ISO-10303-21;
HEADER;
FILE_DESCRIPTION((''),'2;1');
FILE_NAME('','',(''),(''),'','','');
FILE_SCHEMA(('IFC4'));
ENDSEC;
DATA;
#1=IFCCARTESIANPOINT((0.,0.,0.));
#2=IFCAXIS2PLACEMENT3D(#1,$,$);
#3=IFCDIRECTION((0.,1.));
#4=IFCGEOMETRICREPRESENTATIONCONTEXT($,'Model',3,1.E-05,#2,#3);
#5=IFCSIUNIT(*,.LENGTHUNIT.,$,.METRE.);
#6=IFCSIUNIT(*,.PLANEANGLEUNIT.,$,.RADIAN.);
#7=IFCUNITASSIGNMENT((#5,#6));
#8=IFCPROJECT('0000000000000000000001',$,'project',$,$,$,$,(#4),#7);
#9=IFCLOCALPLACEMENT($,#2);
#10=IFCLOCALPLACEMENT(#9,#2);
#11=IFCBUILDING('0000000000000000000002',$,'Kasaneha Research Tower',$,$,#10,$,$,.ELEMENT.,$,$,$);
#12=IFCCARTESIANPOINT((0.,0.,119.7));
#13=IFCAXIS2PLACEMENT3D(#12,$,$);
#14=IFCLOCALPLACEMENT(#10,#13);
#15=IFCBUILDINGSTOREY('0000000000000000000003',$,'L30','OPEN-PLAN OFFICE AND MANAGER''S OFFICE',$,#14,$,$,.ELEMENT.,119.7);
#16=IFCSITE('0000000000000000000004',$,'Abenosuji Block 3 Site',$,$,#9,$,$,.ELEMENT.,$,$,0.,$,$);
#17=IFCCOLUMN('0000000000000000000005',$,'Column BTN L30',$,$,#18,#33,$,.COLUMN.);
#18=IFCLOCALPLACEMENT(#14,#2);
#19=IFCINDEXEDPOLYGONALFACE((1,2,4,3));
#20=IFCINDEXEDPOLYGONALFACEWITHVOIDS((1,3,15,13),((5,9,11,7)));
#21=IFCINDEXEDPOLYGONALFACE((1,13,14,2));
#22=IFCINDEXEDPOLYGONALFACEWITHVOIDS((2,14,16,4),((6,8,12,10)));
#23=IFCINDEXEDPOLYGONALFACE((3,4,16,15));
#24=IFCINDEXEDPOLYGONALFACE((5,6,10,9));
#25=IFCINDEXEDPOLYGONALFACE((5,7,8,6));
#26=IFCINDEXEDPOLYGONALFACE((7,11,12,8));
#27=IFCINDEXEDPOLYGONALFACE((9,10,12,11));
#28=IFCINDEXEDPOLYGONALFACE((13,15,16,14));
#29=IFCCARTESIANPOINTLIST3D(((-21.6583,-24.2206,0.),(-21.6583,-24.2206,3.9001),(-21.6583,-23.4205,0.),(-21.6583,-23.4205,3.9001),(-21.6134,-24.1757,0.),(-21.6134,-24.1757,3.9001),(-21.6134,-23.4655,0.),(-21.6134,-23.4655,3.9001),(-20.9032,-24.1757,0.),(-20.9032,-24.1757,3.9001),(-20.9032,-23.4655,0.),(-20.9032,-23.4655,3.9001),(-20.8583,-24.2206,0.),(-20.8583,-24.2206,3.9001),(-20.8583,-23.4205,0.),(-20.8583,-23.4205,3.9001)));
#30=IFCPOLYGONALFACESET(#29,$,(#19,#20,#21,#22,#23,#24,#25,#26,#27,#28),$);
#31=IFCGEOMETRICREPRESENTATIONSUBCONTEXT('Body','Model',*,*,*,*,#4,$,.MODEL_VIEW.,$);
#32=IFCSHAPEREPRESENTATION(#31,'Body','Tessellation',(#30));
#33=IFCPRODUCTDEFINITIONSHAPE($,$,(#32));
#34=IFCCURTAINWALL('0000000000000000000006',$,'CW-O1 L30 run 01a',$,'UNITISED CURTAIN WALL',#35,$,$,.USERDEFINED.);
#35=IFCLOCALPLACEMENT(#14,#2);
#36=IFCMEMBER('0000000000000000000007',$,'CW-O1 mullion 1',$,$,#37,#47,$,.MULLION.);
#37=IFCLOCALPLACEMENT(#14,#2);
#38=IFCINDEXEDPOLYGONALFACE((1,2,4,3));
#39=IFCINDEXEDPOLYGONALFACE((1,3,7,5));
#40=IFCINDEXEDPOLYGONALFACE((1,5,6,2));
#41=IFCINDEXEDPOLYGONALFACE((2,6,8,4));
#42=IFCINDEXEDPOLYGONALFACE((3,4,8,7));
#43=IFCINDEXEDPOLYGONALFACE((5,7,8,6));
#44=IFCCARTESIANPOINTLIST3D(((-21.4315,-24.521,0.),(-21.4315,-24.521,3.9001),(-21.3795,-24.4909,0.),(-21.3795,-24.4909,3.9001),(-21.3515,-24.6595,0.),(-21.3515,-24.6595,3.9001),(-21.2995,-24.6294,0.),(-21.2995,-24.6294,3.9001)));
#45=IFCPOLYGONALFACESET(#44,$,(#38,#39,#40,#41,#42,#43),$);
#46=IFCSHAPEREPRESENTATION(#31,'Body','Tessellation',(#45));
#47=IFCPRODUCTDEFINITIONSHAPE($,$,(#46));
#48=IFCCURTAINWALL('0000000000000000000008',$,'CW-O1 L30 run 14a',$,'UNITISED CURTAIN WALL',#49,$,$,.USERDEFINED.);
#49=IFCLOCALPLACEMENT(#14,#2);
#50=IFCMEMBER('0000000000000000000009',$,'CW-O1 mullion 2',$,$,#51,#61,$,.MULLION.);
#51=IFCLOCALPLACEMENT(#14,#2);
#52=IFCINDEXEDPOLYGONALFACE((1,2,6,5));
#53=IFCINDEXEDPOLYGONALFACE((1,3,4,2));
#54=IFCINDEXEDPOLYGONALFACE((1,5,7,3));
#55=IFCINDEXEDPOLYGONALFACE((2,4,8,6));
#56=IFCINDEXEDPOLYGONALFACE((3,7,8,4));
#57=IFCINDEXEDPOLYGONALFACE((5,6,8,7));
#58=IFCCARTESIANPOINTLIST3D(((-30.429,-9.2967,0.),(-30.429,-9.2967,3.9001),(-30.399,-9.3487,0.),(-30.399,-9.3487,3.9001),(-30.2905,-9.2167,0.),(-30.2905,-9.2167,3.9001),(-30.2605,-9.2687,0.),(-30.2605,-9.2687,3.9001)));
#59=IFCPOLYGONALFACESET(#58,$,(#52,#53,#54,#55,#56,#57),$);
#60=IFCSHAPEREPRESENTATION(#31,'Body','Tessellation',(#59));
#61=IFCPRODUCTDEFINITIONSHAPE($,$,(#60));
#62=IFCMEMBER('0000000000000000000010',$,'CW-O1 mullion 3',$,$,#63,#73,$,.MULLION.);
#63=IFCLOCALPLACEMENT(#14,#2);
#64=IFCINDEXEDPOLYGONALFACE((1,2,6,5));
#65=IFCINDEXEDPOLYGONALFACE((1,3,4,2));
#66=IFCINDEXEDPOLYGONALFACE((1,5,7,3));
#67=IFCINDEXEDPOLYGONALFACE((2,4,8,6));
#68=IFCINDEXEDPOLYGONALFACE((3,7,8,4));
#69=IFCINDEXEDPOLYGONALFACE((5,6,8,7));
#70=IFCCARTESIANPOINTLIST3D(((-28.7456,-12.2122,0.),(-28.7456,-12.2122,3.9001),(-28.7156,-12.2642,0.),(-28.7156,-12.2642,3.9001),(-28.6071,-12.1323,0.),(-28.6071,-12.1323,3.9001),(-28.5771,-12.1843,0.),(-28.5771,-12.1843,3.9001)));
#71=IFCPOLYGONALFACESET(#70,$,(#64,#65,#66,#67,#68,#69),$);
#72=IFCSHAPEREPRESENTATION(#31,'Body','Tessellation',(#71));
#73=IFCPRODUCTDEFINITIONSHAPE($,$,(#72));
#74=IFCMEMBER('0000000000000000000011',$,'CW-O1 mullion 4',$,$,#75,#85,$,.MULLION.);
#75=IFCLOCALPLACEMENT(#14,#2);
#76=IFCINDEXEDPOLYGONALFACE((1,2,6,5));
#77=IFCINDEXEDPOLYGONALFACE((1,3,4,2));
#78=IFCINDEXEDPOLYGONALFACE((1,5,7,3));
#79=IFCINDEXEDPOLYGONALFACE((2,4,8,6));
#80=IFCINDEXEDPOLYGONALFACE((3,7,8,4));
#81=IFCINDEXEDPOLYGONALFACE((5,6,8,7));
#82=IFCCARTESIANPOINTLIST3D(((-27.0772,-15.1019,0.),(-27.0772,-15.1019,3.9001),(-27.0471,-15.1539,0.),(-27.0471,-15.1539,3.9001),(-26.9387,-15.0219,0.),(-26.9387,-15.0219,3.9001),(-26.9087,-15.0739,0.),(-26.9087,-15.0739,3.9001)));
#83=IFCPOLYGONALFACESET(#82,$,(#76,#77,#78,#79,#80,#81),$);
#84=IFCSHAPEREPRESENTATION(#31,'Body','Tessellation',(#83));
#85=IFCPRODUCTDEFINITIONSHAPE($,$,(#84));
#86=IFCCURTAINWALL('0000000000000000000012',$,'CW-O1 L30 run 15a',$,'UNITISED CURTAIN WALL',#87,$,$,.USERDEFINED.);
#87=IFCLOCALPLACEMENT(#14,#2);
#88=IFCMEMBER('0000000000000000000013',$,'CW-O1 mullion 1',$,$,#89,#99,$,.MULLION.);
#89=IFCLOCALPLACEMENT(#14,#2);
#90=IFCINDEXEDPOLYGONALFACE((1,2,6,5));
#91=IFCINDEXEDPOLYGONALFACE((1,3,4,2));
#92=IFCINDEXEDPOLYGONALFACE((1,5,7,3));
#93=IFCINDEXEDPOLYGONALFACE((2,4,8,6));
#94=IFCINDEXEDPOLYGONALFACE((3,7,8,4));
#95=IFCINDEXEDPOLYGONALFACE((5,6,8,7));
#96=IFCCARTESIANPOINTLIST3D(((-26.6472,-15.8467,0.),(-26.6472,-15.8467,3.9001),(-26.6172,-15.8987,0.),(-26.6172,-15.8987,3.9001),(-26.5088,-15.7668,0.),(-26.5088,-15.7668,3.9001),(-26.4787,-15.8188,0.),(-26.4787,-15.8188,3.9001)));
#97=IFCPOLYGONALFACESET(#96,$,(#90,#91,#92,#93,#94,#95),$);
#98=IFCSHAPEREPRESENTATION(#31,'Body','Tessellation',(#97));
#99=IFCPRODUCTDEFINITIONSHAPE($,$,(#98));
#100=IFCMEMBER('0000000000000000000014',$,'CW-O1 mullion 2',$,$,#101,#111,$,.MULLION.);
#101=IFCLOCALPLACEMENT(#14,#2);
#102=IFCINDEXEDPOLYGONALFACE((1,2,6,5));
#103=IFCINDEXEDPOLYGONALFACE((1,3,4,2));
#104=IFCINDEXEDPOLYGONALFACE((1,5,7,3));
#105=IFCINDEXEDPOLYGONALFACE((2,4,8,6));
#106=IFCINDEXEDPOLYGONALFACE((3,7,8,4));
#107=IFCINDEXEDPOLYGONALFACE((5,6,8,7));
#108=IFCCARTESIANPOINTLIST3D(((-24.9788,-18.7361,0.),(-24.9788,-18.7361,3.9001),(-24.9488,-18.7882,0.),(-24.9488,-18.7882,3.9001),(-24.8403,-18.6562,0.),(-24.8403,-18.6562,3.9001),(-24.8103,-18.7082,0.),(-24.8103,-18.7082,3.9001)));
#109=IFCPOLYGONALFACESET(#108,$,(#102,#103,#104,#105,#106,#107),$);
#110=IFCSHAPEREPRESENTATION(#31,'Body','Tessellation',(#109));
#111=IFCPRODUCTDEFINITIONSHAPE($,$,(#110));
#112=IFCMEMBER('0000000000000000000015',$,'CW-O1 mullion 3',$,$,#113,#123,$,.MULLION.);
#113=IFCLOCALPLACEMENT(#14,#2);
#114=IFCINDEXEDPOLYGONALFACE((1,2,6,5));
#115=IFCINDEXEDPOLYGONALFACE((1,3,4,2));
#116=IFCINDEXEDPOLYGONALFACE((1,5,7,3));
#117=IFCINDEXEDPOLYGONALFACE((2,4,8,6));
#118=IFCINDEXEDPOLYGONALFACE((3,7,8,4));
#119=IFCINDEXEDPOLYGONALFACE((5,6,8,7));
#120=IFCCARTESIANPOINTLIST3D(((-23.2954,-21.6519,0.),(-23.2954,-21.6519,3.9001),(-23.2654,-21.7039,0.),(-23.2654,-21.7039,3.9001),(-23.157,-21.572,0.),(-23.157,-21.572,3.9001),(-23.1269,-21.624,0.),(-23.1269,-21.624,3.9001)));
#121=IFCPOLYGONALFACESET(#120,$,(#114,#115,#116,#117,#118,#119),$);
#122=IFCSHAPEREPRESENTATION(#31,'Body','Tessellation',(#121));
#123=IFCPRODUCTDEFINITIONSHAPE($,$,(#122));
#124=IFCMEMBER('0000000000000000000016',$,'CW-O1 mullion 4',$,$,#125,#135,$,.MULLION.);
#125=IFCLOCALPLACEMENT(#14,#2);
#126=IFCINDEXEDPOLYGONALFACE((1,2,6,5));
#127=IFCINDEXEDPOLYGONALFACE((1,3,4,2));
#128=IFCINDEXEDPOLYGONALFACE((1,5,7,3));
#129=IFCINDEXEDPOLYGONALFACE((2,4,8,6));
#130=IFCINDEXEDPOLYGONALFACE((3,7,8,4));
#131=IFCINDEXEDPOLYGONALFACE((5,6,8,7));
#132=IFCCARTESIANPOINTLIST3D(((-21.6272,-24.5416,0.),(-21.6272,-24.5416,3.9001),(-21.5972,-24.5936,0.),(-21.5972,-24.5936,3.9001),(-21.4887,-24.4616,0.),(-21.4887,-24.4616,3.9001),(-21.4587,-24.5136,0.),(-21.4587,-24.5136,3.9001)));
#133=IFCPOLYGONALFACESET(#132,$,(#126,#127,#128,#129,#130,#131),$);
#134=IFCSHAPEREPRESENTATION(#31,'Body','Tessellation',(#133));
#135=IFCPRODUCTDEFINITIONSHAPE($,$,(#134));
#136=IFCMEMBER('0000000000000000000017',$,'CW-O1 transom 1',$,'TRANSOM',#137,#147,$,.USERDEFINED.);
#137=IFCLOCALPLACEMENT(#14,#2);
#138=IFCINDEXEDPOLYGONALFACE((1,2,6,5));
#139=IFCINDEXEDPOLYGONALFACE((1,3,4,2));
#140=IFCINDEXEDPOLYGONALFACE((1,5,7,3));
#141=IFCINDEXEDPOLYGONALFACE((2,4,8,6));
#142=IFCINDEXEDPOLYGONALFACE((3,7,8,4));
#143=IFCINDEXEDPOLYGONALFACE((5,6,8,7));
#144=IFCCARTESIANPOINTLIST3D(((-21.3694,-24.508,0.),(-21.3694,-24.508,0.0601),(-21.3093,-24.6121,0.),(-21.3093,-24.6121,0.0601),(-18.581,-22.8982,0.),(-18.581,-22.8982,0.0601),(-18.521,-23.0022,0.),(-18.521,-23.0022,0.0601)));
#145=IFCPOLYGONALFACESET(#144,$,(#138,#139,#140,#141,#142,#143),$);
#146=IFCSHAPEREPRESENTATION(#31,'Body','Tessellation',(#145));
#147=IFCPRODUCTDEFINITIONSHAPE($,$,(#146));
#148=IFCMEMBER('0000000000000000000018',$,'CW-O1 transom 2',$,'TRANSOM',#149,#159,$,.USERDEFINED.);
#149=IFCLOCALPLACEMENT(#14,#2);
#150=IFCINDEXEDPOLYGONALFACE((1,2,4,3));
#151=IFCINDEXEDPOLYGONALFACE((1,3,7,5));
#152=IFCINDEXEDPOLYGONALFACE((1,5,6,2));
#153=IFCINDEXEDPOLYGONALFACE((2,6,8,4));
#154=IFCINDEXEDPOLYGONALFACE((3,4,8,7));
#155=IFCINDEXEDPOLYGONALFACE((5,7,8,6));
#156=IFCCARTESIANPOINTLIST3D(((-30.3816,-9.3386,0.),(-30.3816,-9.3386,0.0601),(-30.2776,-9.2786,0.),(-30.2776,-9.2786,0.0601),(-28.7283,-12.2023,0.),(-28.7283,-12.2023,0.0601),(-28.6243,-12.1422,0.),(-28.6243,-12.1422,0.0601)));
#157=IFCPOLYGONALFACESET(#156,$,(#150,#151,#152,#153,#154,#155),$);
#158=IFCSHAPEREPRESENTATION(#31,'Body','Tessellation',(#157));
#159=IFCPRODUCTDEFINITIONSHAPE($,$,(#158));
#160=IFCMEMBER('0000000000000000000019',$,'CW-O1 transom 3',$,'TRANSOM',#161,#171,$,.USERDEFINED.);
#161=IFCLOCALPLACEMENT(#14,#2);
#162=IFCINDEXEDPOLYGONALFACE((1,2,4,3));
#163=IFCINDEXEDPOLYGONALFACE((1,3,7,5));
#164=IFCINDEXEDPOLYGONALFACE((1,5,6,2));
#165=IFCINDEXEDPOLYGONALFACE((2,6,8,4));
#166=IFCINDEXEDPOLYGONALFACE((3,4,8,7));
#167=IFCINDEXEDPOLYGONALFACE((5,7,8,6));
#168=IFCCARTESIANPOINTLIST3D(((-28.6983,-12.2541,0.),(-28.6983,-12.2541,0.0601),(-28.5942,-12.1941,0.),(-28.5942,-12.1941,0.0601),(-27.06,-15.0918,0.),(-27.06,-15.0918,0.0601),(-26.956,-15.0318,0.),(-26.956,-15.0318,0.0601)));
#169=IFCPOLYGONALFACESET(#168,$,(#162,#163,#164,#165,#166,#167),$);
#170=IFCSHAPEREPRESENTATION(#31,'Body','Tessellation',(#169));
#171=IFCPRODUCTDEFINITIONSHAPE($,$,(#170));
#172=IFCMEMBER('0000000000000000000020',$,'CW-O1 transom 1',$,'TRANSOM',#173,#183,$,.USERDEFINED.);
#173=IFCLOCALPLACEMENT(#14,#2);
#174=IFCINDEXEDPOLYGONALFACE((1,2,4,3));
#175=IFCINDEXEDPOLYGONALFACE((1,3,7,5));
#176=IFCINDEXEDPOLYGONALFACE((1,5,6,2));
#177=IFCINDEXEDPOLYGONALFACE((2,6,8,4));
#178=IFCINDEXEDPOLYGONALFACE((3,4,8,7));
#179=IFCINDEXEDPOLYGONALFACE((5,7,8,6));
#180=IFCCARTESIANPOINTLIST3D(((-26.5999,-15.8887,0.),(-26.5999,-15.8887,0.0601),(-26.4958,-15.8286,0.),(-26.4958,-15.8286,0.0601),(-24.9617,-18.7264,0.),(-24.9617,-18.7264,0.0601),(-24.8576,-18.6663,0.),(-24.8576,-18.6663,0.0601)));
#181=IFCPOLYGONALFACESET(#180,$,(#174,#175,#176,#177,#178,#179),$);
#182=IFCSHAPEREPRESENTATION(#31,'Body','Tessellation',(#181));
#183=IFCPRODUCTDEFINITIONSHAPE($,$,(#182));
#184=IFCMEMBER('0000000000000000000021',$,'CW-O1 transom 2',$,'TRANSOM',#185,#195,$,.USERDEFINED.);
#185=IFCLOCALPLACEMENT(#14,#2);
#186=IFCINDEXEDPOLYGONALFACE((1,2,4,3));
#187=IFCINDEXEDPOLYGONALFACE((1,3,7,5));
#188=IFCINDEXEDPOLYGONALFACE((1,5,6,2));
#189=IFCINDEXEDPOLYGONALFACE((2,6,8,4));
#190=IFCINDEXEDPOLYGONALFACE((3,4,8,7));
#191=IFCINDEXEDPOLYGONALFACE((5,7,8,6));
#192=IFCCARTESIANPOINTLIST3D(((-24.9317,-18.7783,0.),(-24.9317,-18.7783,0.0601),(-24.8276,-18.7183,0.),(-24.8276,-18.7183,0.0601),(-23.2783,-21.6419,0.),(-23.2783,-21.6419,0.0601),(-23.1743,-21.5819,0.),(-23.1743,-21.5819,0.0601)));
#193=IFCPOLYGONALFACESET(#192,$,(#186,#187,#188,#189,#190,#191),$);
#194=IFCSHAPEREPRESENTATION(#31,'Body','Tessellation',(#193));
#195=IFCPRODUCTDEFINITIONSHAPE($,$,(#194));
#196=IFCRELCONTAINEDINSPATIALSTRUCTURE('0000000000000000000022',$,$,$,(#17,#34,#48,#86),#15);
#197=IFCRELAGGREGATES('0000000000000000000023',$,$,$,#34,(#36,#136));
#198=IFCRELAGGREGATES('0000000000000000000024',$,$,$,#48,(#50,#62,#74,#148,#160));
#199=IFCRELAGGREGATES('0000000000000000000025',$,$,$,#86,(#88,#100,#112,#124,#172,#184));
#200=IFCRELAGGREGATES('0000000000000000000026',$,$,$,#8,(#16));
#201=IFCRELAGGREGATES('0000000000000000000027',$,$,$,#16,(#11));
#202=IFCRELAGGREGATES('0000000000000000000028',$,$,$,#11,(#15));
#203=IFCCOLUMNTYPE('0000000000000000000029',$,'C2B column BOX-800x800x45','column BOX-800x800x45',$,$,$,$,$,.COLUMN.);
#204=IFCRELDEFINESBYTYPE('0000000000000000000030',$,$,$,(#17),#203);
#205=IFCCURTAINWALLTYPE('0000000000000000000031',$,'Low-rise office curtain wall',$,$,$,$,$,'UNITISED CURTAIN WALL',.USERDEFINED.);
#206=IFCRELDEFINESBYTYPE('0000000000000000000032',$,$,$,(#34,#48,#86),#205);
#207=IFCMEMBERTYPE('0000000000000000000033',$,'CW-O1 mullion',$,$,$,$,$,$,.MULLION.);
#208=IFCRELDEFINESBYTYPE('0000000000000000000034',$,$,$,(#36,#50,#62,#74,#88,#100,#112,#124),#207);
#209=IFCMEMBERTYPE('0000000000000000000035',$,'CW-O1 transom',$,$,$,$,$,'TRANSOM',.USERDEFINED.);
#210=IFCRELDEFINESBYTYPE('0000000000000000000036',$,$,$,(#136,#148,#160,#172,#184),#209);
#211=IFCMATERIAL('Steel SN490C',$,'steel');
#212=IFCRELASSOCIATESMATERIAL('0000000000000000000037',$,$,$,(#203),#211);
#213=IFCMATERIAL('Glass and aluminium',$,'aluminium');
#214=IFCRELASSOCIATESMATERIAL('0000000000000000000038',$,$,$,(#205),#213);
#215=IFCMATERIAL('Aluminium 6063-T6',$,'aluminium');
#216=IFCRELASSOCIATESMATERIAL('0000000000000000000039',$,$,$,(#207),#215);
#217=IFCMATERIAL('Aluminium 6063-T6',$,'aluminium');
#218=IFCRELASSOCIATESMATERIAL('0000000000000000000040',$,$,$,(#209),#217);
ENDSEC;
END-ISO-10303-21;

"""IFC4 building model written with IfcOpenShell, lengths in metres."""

from ifc_helpers import new_model, si_unit, direction, frame, origin, origin_2d, place, context, subcontext, project, spatial, rectangle, hollow_rectangle, extrude, material, material_profile, profile_set, type_object, element, aggregate, save


model = new_model("IFC4")

# Units and contexts
model_context = context("Model", 3, precision=1e-05, world=origin(), true_north=direction((0.0, 1.0)))
body_context = subcontext(model_context, "Body", "Model", "MODEL_VIEW")
ifc_project = project(units=[si_unit("LENGTHUNIT", "METRE"), si_unit("PLANEANGLEUNIT", "RADIAN")], contexts=[model_context])

# Site, building, storey
site_placement = place(None, origin())
site = spatial("IfcSite", under=ifc_project, at=site_placement, Name="Abenosuji Block 3 Site", CompositionType="ELEMENT", RefElevation=0.0)
building_placement = place(site_placement, origin())
building = spatial("IfcBuilding", under=site, at=building_placement, Name="Kasaneha Research Tower", CompositionType="ELEMENT")
storey_placement = place(building_placement, frame((0.0, 0.0, 119.7)))
storey = spatial("IfcBuildingStorey", under=building, at=storey_placement, Name="L30", Description="OPEN-PLAN OFFICE AND MANAGER'S OFFICE", CompositionType="ELEMENT", Elevation=119.7)

# Column
ifc_material_1 = material(Name="Steel SN490C", Category="steel")
ifc_material_profile_1 = material_profile(ifc_material_1, hollow_rectangle(XDim=0.8, YDim=0.8, WallThickness=0.0449, at=origin_2d()), Name="BOX-800x800x45")
ifc_profile_set_1 = profile_set([ifc_material_profile_1], Name="Steel SN490C")
column_type = type_object("IfcColumnType", Name="C2B column BOX-800x800x45", Description="column BOX-800x800x45", PredefinedType="COLUMN", material=ifc_profile_set_1)
column_placement = place(storey_placement, frame((-21.2583, -23.8206, 0.0), z_axis=(0.0, 0.0, 1.0), x_axis=(1.0, 0.0, 0.0)))
element("IfcColumn", 1, at=column_placement, inside=storey, type_object=column_type, Name="Column BTN L30", PredefinedType="COLUMN", context=body_context, shape_type="SweptSolid", body=[
    extrude(hollow_rectangle(XDim=0.8, YDim=0.8, WallThickness=0.0449, at=origin_2d()), origin(), (0.0, 0.0, 1.0), 3.9001),
])

# Curtain wall, member
ifc_material_2 = material(Name="Glass and aluminium", Category="aluminium")
curtain_wall_type = type_object("IfcCurtainWallType", Name="Low-rise office curtain wall", ElementType="UNITISED CURTAIN WALL", PredefinedType="USERDEFINED", material=ifc_material_2)
curtain_wall_1_placement = place(storey_placement, origin())
curtain_wall_1 = element("IfcCurtainWall", 2, at=curtain_wall_1_placement, inside=storey, type_object=curtain_wall_type, Name="CW-O1 L30 run 01a", ObjectType="UNITISED CURTAIN WALL", PredefinedType="USERDEFINED")
ifc_material_3 = material(Name="Aluminium 6063-T6", Category="aluminium")
ifc_material_profile_2 = material_profile(ifc_material_3, rectangle(XDim=0.0601, YDim=0.1599, at=origin_2d()), Name="CW-O1 mullion 60x160")
ifc_profile_set_2 = profile_set([ifc_material_profile_2], Name="Aluminium 6063-T6")
member_type_1 = type_object("IfcMemberType", Name="CW-O1 mullion", PredefinedType="MULLION", material=ifc_profile_set_2)
member_1_placement = place(storey_placement, frame((-21.3655, -24.5752, 0.0), z_axis=(0.0, 0.0, 1.0), x_axis=(0.866025, 0.5, 0.0)))
member_1 = element("IfcMember", 3, at=member_1_placement, type_object=member_type_1, Name="CW-O1 mullion 1", PredefinedType="MULLION", context=body_context, shape_type="SweptSolid", body=[
    extrude(rectangle(XDim=0.0601, YDim=0.1599, at=origin_2d()), origin(), (0.0, 0.0, 1.0), 3.9001),
])

# Curtain walls, members
curtain_wall_2_placement = place(storey_placement, origin())
curtain_wall_2 = element("IfcCurtainWall", 4, at=curtain_wall_2_placement, inside=storey, type_object=curtain_wall_type, Name="CW-O1 L30 run 14a", ObjectType="UNITISED CURTAIN WALL", PredefinedType="USERDEFINED")
member_2_placement = place(storey_placement, frame((-30.3447, -9.2827, 0.0), z_axis=(0.0, 0.0, 1.0), x_axis=(0.5, -0.866025, 0.0)))
member_2 = element("IfcMember", 5, at=member_2_placement, type_object=member_type_1, Name="CW-O1 mullion 2", PredefinedType="MULLION", context=body_context, shape_type="SweptSolid", body=[
    extrude(rectangle(XDim=0.0601, YDim=0.1599, at=origin_2d()), origin(), (0.0, 0.0, 1.0), 3.9001),
])
member_3_placement = place(storey_placement, frame((-28.6614, -12.1982, 0.0), z_axis=(0.0, 0.0, 1.0), x_axis=(0.5, -0.866025, 0.0)))
member_3 = element("IfcMember", 6, at=member_3_placement, type_object=member_type_1, Name="CW-O1 mullion 3", PredefinedType="MULLION", context=body_context, shape_type="SweptSolid", body=[
    extrude(rectangle(XDim=0.0601, YDim=0.1599, at=origin_2d()), origin(), (0.0, 0.0, 1.0), 3.9001),
])
member_4_placement = place(storey_placement, frame((-26.9929, -15.0879, 0.0), z_axis=(0.0, 0.0, 1.0), x_axis=(0.5, -0.866025, 0.0)))
member_4 = element("IfcMember", 7, at=member_4_placement, type_object=member_type_1, Name="CW-O1 mullion 4", PredefinedType="MULLION", context=body_context, shape_type="SweptSolid", body=[
    extrude(rectangle(XDim=0.0601, YDim=0.1599, at=origin_2d()), origin(), (0.0, 0.0, 1.0), 3.9001),
])
curtain_wall_3_placement = place(storey_placement, origin())
curtain_wall_3 = element("IfcCurtainWall", 8, at=curtain_wall_3_placement, inside=storey, type_object=curtain_wall_type, Name="CW-O1 L30 run 15a", ObjectType="UNITISED CURTAIN WALL", PredefinedType="USERDEFINED")
member_5_placement = place(storey_placement, frame((-26.563, -15.8328, 0.0), z_axis=(0.0, 0.0, 1.0), x_axis=(0.5, -0.866025, 0.0)))
member_5 = element("IfcMember", 9, at=member_5_placement, type_object=member_type_1, Name="CW-O1 mullion 1", PredefinedType="MULLION", context=body_context, shape_type="SweptSolid", body=[
    extrude(rectangle(XDim=0.0601, YDim=0.1599, at=origin_2d()), origin(), (0.0, 0.0, 1.0), 3.9001),
])
member_6_placement = place(storey_placement, frame((-24.8945, -18.7222, 0.0), z_axis=(0.0, 0.0, 1.0), x_axis=(0.5, -0.866025, 0.0)))
member_6 = element("IfcMember", 10, at=member_6_placement, type_object=member_type_1, Name="CW-O1 mullion 2", PredefinedType="MULLION", context=body_context, shape_type="SweptSolid", body=[
    extrude(rectangle(XDim=0.0601, YDim=0.1599, at=origin_2d()), origin(), (0.0, 0.0, 1.0), 3.9001),
])
member_7_placement = place(storey_placement, frame((-23.2112, -21.6379, 0.0), z_axis=(0.0, 0.0, 1.0), x_axis=(0.5, -0.866025, 0.0)))
member_7 = element("IfcMember", 11, at=member_7_placement, type_object=member_type_1, Name="CW-O1 mullion 3", PredefinedType="MULLION", context=body_context, shape_type="SweptSolid", body=[
    extrude(rectangle(XDim=0.0601, YDim=0.1599, at=origin_2d()), origin(), (0.0, 0.0, 1.0), 3.9001),
])
member_8_placement = place(storey_placement, frame((-21.543, -24.5276, 0.0), z_axis=(0.0, 0.0, 1.0), x_axis=(0.5, -0.866025, 0.0)))
member_8 = element("IfcMember", 12, at=member_8_placement, type_object=member_type_1, Name="CW-O1 mullion 4", PredefinedType="MULLION", context=body_context, shape_type="SweptSolid", body=[
    extrude(rectangle(XDim=0.0601, YDim=0.1599, at=origin_2d()), origin(), (0.0, 0.0, 1.0), 3.9001),
])

# Members
ifc_material_4 = material(Name="Aluminium 6063-T6", Category="aluminium")
ifc_material_profile_3 = material_profile(ifc_material_4, rectangle(XDim=0.1201, YDim=0.0601, at=origin_2d()), Name="CW-O1 transom 120x60")
ifc_profile_set_3 = profile_set([ifc_material_profile_3], Name="Aluminium 6063-T6")
member_type_2 = type_object("IfcMemberType", Name="CW-O1 transom", ElementType="TRANSOM", PredefinedType="USERDEFINED", material=ifc_profile_set_3)
member_9_placement = place(storey_placement, frame((-21.3394, -24.5601, 0.03), z_axis=(0.866023, 0.500005, 0.0), x_axis=(-0.500005, 0.866023, 0.0)))
member_9 = element("IfcMember", 13, at=member_9_placement, type_object=member_type_2, Name="CW-O1 transom 1", ObjectType="TRANSOM", PredefinedType="USERDEFINED", context=body_context, shape_type="SweptSolid", body=[
    extrude(rectangle(XDim=0.1201, YDim=0.0601, at=origin_2d()), origin(), (0.0, 0.0, 1.0), 3.2197),
])
member_10_placement = place(storey_placement, frame((-30.3296, -9.3086, 0.03), z_axis=(0.499982, -0.866036, 0.0), x_axis=(0.866036, 0.499982, 0.0)))
member_10 = element("IfcMember", 14, at=member_10_placement, type_object=member_type_2, Name="CW-O1 transom 2", ObjectType="TRANSOM", PredefinedType="USERDEFINED", context=body_context, shape_type="SweptSolid", body=[
    extrude(rectangle(XDim=0.1201, YDim=0.0601, at=origin_2d()), origin(), (0.0, 0.0, 1.0), 3.3066),
])
member_11_placement = place(storey_placement, frame((-28.6462, -12.2241, 0.03), z_axis=(0.49997, -0.866043, 0.0), x_axis=(0.866043, 0.49997, 0.0)))
member_11 = element("IfcMember", 15, at=member_11_placement, type_object=member_type_2, Name="CW-O1 transom 3", ObjectType="TRANSOM", PredefinedType="USERDEFINED", context=body_context, shape_type="SweptSolid", body=[
    extrude(rectangle(XDim=0.1201, YDim=0.0601, at=origin_2d()), origin(), (0.0, 0.0, 1.0), 3.2766),
])
member_12_placement = place(storey_placement, frame((-26.5479, -15.8586, 0.03), z_axis=(0.49997, -0.866043, 0.0), x_axis=(0.866043, 0.49997, 0.0)))
member_12 = element("IfcMember", 16, at=member_12_placement, type_object=member_type_2, Name="CW-O1 transom 1", ObjectType="TRANSOM", PredefinedType="USERDEFINED", context=body_context, shape_type="SweptSolid", body=[
    extrude(rectangle(XDim=0.1201, YDim=0.0601, at=origin_2d()), origin(), (0.0, 0.0, 1.0), 3.2766),
])
member_13_placement = place(storey_placement, frame((-24.8796, -18.7483, 0.03), z_axis=(0.500014, -0.866017, 0.0), x_axis=(0.866017, 0.500014, 0.0)))
member_13 = element("IfcMember", 17, at=member_13_placement, type_object=member_type_2, Name="CW-O1 transom 2", ObjectType="TRANSOM", PredefinedType="USERDEFINED", context=body_context, shape_type="SweptSolid", body=[
    extrude(rectangle(XDim=0.1201, YDim=0.0601, at=origin_2d()), origin(), (0.0, 0.0, 1.0), 3.3066),
])

aggregate(curtain_wall_1, [member_1, member_9])
aggregate(curtain_wall_2, [member_2, member_3, member_4, member_10, member_11])
aggregate(curtain_wall_3, [member_5, member_6, member_7, member_8, member_12, member_13])

save(model, "model.ifc")
